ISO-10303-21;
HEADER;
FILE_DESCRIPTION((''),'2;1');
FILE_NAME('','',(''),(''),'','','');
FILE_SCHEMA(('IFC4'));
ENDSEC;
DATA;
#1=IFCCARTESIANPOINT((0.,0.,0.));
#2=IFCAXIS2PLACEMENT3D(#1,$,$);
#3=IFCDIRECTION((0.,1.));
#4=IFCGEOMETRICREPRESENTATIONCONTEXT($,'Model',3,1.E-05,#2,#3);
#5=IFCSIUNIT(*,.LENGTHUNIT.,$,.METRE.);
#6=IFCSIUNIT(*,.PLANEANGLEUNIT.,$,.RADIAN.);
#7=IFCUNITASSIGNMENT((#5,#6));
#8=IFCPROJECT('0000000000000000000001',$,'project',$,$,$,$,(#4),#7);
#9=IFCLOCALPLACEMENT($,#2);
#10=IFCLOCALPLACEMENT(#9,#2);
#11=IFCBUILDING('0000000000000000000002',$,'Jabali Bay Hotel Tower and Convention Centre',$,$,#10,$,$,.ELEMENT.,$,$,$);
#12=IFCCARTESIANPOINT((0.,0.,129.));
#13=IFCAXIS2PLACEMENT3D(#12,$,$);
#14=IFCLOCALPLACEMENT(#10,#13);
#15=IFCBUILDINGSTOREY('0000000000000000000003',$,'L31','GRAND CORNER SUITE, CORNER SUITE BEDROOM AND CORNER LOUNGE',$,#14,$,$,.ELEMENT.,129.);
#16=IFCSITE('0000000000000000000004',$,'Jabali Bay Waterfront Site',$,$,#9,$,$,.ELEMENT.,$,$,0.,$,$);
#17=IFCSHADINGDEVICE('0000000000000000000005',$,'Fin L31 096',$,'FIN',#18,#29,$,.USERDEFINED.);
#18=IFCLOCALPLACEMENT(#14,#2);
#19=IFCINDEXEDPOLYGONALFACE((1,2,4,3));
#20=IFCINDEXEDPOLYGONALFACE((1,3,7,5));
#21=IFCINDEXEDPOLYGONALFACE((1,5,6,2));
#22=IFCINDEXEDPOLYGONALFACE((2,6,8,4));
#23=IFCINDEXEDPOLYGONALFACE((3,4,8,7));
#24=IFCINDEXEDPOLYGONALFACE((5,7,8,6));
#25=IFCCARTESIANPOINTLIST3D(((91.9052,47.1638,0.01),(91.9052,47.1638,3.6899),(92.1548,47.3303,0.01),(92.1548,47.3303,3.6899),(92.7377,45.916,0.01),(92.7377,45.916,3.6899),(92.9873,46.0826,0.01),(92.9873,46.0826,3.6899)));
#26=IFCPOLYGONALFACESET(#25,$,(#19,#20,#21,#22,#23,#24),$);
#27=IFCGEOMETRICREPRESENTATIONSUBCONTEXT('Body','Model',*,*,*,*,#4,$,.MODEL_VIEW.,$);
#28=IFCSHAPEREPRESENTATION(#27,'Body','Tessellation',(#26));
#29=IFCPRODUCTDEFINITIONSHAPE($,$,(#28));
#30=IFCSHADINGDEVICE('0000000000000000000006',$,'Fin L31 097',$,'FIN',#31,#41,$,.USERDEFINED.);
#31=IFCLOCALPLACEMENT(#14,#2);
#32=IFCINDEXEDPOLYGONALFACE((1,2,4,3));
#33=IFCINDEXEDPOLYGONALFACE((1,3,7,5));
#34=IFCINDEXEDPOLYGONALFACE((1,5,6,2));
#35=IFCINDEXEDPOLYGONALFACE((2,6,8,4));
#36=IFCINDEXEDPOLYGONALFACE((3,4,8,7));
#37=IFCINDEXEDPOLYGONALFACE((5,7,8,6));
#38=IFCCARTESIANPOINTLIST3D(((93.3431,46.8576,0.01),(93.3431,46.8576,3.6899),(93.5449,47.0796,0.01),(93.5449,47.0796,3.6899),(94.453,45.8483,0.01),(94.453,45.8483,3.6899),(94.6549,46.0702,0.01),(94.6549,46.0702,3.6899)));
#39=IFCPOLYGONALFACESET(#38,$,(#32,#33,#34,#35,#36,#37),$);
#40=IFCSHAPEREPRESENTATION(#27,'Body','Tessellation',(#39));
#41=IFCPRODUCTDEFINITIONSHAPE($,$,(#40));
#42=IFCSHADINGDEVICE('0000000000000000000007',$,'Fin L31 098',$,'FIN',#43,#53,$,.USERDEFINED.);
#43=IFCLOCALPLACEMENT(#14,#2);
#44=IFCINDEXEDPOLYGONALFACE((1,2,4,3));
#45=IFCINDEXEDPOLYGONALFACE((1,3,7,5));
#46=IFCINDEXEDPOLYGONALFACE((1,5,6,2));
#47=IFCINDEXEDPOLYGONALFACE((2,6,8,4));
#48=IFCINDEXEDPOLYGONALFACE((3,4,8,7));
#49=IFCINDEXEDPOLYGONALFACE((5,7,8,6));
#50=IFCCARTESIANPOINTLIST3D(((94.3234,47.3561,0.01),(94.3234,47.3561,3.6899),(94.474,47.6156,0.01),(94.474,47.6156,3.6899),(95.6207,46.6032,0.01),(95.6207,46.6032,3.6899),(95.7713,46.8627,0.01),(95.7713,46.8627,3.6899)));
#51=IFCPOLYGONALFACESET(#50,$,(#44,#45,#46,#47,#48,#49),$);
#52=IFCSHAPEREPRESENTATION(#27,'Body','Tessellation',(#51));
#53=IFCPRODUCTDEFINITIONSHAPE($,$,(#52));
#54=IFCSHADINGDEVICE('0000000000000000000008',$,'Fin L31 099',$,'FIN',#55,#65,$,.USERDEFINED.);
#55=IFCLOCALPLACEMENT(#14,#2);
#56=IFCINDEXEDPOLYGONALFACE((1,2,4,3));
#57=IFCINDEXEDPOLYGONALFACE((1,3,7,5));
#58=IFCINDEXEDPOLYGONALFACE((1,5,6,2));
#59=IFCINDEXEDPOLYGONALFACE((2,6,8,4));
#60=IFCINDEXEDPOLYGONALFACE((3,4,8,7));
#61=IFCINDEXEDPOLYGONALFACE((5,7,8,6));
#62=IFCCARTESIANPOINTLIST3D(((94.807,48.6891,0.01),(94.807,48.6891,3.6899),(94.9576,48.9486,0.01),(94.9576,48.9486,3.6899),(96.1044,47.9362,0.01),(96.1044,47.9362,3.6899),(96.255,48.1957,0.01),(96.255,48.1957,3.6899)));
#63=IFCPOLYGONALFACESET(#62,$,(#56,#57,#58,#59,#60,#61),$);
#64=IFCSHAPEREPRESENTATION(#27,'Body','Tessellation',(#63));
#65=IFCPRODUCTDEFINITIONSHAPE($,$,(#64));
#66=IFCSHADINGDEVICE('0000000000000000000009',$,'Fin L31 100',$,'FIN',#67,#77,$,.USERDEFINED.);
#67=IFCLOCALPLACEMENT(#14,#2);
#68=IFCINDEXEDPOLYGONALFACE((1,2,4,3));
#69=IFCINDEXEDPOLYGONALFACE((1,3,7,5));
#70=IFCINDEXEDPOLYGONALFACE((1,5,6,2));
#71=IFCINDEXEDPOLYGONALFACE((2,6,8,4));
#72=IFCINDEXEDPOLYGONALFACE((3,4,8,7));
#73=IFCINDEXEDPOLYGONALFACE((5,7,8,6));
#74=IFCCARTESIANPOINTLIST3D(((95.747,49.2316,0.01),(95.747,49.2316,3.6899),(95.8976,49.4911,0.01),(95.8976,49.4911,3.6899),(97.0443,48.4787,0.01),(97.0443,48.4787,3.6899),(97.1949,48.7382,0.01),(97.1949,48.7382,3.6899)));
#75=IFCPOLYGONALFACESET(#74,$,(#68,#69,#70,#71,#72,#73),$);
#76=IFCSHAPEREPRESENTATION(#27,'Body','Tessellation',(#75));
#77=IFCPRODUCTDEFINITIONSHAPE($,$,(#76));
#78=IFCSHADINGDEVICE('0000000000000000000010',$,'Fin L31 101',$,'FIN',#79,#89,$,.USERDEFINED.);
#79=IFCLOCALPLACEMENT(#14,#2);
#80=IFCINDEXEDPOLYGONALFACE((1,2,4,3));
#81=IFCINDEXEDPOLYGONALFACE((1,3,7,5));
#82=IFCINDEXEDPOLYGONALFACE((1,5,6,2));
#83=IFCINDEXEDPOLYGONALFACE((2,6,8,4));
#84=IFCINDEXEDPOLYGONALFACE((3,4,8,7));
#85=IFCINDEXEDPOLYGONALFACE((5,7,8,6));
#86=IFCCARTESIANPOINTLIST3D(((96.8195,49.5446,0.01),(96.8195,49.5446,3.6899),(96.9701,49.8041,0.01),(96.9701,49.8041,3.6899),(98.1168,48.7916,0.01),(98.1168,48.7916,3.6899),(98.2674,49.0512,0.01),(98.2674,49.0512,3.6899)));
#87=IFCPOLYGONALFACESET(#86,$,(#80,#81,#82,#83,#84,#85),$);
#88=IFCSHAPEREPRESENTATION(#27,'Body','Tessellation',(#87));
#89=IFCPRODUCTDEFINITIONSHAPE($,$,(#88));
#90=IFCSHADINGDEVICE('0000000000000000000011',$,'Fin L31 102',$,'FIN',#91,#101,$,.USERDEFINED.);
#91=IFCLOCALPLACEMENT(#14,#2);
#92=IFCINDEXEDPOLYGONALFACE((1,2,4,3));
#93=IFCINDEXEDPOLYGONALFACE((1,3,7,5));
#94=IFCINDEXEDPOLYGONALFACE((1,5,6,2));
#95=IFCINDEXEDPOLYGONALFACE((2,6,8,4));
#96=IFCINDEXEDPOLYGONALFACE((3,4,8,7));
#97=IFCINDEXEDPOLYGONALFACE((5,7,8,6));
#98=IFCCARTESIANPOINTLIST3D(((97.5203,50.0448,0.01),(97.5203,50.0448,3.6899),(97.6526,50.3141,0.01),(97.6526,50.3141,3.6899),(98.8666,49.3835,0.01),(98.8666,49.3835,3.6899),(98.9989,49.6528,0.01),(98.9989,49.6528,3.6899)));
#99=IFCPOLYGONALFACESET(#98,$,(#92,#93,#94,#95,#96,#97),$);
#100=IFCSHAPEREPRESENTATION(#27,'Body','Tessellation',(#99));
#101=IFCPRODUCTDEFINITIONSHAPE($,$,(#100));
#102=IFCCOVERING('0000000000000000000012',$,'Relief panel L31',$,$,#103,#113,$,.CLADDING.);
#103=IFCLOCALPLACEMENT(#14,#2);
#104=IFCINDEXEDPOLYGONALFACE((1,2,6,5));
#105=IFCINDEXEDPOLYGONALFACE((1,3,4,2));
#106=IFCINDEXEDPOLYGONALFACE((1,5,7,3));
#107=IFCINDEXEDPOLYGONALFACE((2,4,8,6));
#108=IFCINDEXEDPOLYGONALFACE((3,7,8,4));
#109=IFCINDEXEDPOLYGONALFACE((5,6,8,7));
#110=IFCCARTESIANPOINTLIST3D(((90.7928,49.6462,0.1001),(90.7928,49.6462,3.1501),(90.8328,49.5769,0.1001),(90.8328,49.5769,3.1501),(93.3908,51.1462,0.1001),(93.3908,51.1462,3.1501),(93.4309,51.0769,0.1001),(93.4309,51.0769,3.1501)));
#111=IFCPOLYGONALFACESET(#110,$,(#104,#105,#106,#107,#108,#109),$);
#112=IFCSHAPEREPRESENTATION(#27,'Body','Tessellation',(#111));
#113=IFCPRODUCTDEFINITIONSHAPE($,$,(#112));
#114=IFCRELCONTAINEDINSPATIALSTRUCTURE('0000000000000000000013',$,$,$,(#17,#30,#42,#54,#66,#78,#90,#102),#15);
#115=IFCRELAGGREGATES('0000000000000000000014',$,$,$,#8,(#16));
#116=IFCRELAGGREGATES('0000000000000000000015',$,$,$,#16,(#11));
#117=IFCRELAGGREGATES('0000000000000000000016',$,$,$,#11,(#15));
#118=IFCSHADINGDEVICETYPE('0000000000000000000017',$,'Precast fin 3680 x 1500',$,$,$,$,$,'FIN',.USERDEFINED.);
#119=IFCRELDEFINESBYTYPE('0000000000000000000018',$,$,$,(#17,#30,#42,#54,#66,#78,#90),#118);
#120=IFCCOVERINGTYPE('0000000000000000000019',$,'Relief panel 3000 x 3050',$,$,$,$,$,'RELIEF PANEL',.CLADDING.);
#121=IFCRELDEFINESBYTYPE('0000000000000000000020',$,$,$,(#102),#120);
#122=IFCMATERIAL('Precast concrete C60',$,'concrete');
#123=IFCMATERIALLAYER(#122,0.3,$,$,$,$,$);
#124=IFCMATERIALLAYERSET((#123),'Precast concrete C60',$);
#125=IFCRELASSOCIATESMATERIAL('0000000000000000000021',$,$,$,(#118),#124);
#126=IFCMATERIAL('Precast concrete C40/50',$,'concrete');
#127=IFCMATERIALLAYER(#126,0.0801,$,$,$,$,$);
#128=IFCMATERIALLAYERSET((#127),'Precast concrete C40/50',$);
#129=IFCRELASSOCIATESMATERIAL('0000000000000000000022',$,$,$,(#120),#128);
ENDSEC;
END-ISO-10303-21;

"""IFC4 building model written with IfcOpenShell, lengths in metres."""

from ifc_helpers import new_model, si_unit, direction, frame, frame_2d, origin, origin_2d, place, context, subcontext, project, spatial, rectangle, extrude, material, layer, layer_set, type_object, element, save


model = new_model("IFC4")

# Units and contexts
model_context = context("Model", 3, precision=1e-05, world=origin(), true_north=direction((0.0, 1.0)))
body_context = subcontext(model_context, "Body", "Model", "MODEL_VIEW")
ifc_project = project(units=[si_unit("LENGTHUNIT", "METRE"), si_unit("PLANEANGLEUNIT", "RADIAN")], contexts=[model_context])

# Site, building, storey
site_placement = place(None, origin())
site = spatial("IfcSite", under=ifc_project, at=site_placement, Name="Jabali Bay Waterfront Site", CompositionType="ELEMENT", RefElevation=0.0)
building_placement = place(site_placement, origin())
building = spatial("IfcBuilding", under=site, at=building_placement, Name="Jabali Bay Hotel Tower and Convention Centre", CompositionType="ELEMENT")
storey_placement = place(building_placement, frame((0.0, 0.0, 129.0)))
storey = spatial("IfcBuildingStorey", under=building, at=storey_placement, Name="L31", Description="GRAND CORNER SUITE, CORNER SUITE BEDROOM AND CORNER LOUNGE", CompositionType="ELEMENT", Elevation=129.0)

# Shading devices
ifc_material_1 = material(Name="Precast concrete C60", Category="concrete")
ifc_layer_1 = layer(ifc_material_1, 0.3)
ifc_layer_set_1 = layer_set([ifc_layer_1], Name="Precast concrete C60")
shading_device_type = type_object("IfcShadingDeviceType", Name="Precast fin 3680 x 1500", ElementType="FIN", PredefinedType="USERDEFINED", material=ifc_layer_set_1)
for number, where, z_axis, x_axis, name in (
    (1, (92.03, 47.2471, 0.01), (0.0, 0.0, 1.0), (0.555001, -0.83185, 0.0), "Fin L31 096"),
):
    element("IfcShadingDevice", number, at=place(storey_placement, frame(where, z_axis=z_axis, x_axis=x_axis)), inside=storey, type_object=shading_device_type, Name=name, ObjectType="FIN", PredefinedType="USERDEFINED", context=body_context, shape_type="SweptSolid", body=[
        extrude(rectangle(XDim=1.5, YDim=0.3, at=frame_2d((0.75, 0.0))), origin(), (0.0, 0.0, 1.0), 3.6799),
    ])
shading_device_placement = place(storey_placement, frame((93.4441, 46.9685, 0.01), z_axis=(0.0, 0.0, 1.0), x_axis=(0.739837, -0.672786, 0.0)))
element("IfcShadingDevice", 2, at=shading_device_placement, inside=storey, type_object=shading_device_type, Name="Fin L31 097", ObjectType="FIN", PredefinedType="USERDEFINED", context=body_context, shape_type="SweptSolid", body=[
    extrude(rectangle(XDim=1.5002, YDim=0.3, at=frame_2d((0.75, 0.0))), origin(), (0.0, 0.0, 1.0), 3.6799),
])
for number, where, z_axis, x_axis, name in (
    (3, (94.3987, 47.4858, 0.01), (0.0, 0.0, 1.0), (0.864898, -0.501947, 0.0), "Fin L31 098"),
    (4, (94.8823, 48.8188, 0.01), (0.0, 0.0, 1.0), (0.864898, -0.501947, 0.0), "Fin L31 099"),
    (5, (95.8223, 49.3613, 0.01), (0.0, 0.0, 1.0), (0.864898, -0.501947, 0.0), "Fin L31 100"),
    (6, (96.8948, 49.6743, 0.01), (0.0, 0.0, 1.0), (0.864898, -0.501947, 0.0), "Fin L31 101"),
    (7, (97.5864, 50.1794, 0.01), (0.0, 0.0, 1.0), (0.897562, -0.440888, 0.0), "Fin L31 102"),
):
    element("IfcShadingDevice", number, at=place(storey_placement, frame(where, z_axis=z_axis, x_axis=x_axis)), inside=storey, type_object=shading_device_type, Name=name, ObjectType="FIN", PredefinedType="USERDEFINED", context=body_context, shape_type="SweptSolid", body=[
        extrude(rectangle(XDim=1.5, YDim=0.3, at=frame_2d((0.75, 0.0))), origin(), (0.0, 0.0, 1.0), 3.6799),
    ])

# Covering
ifc_material_2 = material(Name="Precast concrete C40/50", Category="concrete")
ifc_layer_2 = layer(ifc_material_2, 0.0801)
ifc_layer_set_2 = layer_set([ifc_layer_2], Name="Precast concrete C40/50")
covering_type = type_object("IfcCoveringType", Name="Relief panel 3000 x 3050", ElementType="RELIEF PANEL", PredefinedType="CLADDING", material=ifc_layer_set_2)
covering_placement = place(storey_placement, frame((92.1118, 50.3616, 0.1001), z_axis=(0.0, 0.0, 1.0), x_axis=(-0.866025, -0.5, 0.0)))
element("IfcCovering", 8, at=covering_placement, inside=storey, type_object=covering_type, Name="Relief panel L31", PredefinedType="CLADDING", context=body_context, shape_type="SweptSolid", body=[
    extrude(rectangle(XDim=3.0, YDim=0.0801, at=origin_2d()), origin(), (0.0, 0.0, 1.0), 3.05),
])

save(model, "model.ifc")
